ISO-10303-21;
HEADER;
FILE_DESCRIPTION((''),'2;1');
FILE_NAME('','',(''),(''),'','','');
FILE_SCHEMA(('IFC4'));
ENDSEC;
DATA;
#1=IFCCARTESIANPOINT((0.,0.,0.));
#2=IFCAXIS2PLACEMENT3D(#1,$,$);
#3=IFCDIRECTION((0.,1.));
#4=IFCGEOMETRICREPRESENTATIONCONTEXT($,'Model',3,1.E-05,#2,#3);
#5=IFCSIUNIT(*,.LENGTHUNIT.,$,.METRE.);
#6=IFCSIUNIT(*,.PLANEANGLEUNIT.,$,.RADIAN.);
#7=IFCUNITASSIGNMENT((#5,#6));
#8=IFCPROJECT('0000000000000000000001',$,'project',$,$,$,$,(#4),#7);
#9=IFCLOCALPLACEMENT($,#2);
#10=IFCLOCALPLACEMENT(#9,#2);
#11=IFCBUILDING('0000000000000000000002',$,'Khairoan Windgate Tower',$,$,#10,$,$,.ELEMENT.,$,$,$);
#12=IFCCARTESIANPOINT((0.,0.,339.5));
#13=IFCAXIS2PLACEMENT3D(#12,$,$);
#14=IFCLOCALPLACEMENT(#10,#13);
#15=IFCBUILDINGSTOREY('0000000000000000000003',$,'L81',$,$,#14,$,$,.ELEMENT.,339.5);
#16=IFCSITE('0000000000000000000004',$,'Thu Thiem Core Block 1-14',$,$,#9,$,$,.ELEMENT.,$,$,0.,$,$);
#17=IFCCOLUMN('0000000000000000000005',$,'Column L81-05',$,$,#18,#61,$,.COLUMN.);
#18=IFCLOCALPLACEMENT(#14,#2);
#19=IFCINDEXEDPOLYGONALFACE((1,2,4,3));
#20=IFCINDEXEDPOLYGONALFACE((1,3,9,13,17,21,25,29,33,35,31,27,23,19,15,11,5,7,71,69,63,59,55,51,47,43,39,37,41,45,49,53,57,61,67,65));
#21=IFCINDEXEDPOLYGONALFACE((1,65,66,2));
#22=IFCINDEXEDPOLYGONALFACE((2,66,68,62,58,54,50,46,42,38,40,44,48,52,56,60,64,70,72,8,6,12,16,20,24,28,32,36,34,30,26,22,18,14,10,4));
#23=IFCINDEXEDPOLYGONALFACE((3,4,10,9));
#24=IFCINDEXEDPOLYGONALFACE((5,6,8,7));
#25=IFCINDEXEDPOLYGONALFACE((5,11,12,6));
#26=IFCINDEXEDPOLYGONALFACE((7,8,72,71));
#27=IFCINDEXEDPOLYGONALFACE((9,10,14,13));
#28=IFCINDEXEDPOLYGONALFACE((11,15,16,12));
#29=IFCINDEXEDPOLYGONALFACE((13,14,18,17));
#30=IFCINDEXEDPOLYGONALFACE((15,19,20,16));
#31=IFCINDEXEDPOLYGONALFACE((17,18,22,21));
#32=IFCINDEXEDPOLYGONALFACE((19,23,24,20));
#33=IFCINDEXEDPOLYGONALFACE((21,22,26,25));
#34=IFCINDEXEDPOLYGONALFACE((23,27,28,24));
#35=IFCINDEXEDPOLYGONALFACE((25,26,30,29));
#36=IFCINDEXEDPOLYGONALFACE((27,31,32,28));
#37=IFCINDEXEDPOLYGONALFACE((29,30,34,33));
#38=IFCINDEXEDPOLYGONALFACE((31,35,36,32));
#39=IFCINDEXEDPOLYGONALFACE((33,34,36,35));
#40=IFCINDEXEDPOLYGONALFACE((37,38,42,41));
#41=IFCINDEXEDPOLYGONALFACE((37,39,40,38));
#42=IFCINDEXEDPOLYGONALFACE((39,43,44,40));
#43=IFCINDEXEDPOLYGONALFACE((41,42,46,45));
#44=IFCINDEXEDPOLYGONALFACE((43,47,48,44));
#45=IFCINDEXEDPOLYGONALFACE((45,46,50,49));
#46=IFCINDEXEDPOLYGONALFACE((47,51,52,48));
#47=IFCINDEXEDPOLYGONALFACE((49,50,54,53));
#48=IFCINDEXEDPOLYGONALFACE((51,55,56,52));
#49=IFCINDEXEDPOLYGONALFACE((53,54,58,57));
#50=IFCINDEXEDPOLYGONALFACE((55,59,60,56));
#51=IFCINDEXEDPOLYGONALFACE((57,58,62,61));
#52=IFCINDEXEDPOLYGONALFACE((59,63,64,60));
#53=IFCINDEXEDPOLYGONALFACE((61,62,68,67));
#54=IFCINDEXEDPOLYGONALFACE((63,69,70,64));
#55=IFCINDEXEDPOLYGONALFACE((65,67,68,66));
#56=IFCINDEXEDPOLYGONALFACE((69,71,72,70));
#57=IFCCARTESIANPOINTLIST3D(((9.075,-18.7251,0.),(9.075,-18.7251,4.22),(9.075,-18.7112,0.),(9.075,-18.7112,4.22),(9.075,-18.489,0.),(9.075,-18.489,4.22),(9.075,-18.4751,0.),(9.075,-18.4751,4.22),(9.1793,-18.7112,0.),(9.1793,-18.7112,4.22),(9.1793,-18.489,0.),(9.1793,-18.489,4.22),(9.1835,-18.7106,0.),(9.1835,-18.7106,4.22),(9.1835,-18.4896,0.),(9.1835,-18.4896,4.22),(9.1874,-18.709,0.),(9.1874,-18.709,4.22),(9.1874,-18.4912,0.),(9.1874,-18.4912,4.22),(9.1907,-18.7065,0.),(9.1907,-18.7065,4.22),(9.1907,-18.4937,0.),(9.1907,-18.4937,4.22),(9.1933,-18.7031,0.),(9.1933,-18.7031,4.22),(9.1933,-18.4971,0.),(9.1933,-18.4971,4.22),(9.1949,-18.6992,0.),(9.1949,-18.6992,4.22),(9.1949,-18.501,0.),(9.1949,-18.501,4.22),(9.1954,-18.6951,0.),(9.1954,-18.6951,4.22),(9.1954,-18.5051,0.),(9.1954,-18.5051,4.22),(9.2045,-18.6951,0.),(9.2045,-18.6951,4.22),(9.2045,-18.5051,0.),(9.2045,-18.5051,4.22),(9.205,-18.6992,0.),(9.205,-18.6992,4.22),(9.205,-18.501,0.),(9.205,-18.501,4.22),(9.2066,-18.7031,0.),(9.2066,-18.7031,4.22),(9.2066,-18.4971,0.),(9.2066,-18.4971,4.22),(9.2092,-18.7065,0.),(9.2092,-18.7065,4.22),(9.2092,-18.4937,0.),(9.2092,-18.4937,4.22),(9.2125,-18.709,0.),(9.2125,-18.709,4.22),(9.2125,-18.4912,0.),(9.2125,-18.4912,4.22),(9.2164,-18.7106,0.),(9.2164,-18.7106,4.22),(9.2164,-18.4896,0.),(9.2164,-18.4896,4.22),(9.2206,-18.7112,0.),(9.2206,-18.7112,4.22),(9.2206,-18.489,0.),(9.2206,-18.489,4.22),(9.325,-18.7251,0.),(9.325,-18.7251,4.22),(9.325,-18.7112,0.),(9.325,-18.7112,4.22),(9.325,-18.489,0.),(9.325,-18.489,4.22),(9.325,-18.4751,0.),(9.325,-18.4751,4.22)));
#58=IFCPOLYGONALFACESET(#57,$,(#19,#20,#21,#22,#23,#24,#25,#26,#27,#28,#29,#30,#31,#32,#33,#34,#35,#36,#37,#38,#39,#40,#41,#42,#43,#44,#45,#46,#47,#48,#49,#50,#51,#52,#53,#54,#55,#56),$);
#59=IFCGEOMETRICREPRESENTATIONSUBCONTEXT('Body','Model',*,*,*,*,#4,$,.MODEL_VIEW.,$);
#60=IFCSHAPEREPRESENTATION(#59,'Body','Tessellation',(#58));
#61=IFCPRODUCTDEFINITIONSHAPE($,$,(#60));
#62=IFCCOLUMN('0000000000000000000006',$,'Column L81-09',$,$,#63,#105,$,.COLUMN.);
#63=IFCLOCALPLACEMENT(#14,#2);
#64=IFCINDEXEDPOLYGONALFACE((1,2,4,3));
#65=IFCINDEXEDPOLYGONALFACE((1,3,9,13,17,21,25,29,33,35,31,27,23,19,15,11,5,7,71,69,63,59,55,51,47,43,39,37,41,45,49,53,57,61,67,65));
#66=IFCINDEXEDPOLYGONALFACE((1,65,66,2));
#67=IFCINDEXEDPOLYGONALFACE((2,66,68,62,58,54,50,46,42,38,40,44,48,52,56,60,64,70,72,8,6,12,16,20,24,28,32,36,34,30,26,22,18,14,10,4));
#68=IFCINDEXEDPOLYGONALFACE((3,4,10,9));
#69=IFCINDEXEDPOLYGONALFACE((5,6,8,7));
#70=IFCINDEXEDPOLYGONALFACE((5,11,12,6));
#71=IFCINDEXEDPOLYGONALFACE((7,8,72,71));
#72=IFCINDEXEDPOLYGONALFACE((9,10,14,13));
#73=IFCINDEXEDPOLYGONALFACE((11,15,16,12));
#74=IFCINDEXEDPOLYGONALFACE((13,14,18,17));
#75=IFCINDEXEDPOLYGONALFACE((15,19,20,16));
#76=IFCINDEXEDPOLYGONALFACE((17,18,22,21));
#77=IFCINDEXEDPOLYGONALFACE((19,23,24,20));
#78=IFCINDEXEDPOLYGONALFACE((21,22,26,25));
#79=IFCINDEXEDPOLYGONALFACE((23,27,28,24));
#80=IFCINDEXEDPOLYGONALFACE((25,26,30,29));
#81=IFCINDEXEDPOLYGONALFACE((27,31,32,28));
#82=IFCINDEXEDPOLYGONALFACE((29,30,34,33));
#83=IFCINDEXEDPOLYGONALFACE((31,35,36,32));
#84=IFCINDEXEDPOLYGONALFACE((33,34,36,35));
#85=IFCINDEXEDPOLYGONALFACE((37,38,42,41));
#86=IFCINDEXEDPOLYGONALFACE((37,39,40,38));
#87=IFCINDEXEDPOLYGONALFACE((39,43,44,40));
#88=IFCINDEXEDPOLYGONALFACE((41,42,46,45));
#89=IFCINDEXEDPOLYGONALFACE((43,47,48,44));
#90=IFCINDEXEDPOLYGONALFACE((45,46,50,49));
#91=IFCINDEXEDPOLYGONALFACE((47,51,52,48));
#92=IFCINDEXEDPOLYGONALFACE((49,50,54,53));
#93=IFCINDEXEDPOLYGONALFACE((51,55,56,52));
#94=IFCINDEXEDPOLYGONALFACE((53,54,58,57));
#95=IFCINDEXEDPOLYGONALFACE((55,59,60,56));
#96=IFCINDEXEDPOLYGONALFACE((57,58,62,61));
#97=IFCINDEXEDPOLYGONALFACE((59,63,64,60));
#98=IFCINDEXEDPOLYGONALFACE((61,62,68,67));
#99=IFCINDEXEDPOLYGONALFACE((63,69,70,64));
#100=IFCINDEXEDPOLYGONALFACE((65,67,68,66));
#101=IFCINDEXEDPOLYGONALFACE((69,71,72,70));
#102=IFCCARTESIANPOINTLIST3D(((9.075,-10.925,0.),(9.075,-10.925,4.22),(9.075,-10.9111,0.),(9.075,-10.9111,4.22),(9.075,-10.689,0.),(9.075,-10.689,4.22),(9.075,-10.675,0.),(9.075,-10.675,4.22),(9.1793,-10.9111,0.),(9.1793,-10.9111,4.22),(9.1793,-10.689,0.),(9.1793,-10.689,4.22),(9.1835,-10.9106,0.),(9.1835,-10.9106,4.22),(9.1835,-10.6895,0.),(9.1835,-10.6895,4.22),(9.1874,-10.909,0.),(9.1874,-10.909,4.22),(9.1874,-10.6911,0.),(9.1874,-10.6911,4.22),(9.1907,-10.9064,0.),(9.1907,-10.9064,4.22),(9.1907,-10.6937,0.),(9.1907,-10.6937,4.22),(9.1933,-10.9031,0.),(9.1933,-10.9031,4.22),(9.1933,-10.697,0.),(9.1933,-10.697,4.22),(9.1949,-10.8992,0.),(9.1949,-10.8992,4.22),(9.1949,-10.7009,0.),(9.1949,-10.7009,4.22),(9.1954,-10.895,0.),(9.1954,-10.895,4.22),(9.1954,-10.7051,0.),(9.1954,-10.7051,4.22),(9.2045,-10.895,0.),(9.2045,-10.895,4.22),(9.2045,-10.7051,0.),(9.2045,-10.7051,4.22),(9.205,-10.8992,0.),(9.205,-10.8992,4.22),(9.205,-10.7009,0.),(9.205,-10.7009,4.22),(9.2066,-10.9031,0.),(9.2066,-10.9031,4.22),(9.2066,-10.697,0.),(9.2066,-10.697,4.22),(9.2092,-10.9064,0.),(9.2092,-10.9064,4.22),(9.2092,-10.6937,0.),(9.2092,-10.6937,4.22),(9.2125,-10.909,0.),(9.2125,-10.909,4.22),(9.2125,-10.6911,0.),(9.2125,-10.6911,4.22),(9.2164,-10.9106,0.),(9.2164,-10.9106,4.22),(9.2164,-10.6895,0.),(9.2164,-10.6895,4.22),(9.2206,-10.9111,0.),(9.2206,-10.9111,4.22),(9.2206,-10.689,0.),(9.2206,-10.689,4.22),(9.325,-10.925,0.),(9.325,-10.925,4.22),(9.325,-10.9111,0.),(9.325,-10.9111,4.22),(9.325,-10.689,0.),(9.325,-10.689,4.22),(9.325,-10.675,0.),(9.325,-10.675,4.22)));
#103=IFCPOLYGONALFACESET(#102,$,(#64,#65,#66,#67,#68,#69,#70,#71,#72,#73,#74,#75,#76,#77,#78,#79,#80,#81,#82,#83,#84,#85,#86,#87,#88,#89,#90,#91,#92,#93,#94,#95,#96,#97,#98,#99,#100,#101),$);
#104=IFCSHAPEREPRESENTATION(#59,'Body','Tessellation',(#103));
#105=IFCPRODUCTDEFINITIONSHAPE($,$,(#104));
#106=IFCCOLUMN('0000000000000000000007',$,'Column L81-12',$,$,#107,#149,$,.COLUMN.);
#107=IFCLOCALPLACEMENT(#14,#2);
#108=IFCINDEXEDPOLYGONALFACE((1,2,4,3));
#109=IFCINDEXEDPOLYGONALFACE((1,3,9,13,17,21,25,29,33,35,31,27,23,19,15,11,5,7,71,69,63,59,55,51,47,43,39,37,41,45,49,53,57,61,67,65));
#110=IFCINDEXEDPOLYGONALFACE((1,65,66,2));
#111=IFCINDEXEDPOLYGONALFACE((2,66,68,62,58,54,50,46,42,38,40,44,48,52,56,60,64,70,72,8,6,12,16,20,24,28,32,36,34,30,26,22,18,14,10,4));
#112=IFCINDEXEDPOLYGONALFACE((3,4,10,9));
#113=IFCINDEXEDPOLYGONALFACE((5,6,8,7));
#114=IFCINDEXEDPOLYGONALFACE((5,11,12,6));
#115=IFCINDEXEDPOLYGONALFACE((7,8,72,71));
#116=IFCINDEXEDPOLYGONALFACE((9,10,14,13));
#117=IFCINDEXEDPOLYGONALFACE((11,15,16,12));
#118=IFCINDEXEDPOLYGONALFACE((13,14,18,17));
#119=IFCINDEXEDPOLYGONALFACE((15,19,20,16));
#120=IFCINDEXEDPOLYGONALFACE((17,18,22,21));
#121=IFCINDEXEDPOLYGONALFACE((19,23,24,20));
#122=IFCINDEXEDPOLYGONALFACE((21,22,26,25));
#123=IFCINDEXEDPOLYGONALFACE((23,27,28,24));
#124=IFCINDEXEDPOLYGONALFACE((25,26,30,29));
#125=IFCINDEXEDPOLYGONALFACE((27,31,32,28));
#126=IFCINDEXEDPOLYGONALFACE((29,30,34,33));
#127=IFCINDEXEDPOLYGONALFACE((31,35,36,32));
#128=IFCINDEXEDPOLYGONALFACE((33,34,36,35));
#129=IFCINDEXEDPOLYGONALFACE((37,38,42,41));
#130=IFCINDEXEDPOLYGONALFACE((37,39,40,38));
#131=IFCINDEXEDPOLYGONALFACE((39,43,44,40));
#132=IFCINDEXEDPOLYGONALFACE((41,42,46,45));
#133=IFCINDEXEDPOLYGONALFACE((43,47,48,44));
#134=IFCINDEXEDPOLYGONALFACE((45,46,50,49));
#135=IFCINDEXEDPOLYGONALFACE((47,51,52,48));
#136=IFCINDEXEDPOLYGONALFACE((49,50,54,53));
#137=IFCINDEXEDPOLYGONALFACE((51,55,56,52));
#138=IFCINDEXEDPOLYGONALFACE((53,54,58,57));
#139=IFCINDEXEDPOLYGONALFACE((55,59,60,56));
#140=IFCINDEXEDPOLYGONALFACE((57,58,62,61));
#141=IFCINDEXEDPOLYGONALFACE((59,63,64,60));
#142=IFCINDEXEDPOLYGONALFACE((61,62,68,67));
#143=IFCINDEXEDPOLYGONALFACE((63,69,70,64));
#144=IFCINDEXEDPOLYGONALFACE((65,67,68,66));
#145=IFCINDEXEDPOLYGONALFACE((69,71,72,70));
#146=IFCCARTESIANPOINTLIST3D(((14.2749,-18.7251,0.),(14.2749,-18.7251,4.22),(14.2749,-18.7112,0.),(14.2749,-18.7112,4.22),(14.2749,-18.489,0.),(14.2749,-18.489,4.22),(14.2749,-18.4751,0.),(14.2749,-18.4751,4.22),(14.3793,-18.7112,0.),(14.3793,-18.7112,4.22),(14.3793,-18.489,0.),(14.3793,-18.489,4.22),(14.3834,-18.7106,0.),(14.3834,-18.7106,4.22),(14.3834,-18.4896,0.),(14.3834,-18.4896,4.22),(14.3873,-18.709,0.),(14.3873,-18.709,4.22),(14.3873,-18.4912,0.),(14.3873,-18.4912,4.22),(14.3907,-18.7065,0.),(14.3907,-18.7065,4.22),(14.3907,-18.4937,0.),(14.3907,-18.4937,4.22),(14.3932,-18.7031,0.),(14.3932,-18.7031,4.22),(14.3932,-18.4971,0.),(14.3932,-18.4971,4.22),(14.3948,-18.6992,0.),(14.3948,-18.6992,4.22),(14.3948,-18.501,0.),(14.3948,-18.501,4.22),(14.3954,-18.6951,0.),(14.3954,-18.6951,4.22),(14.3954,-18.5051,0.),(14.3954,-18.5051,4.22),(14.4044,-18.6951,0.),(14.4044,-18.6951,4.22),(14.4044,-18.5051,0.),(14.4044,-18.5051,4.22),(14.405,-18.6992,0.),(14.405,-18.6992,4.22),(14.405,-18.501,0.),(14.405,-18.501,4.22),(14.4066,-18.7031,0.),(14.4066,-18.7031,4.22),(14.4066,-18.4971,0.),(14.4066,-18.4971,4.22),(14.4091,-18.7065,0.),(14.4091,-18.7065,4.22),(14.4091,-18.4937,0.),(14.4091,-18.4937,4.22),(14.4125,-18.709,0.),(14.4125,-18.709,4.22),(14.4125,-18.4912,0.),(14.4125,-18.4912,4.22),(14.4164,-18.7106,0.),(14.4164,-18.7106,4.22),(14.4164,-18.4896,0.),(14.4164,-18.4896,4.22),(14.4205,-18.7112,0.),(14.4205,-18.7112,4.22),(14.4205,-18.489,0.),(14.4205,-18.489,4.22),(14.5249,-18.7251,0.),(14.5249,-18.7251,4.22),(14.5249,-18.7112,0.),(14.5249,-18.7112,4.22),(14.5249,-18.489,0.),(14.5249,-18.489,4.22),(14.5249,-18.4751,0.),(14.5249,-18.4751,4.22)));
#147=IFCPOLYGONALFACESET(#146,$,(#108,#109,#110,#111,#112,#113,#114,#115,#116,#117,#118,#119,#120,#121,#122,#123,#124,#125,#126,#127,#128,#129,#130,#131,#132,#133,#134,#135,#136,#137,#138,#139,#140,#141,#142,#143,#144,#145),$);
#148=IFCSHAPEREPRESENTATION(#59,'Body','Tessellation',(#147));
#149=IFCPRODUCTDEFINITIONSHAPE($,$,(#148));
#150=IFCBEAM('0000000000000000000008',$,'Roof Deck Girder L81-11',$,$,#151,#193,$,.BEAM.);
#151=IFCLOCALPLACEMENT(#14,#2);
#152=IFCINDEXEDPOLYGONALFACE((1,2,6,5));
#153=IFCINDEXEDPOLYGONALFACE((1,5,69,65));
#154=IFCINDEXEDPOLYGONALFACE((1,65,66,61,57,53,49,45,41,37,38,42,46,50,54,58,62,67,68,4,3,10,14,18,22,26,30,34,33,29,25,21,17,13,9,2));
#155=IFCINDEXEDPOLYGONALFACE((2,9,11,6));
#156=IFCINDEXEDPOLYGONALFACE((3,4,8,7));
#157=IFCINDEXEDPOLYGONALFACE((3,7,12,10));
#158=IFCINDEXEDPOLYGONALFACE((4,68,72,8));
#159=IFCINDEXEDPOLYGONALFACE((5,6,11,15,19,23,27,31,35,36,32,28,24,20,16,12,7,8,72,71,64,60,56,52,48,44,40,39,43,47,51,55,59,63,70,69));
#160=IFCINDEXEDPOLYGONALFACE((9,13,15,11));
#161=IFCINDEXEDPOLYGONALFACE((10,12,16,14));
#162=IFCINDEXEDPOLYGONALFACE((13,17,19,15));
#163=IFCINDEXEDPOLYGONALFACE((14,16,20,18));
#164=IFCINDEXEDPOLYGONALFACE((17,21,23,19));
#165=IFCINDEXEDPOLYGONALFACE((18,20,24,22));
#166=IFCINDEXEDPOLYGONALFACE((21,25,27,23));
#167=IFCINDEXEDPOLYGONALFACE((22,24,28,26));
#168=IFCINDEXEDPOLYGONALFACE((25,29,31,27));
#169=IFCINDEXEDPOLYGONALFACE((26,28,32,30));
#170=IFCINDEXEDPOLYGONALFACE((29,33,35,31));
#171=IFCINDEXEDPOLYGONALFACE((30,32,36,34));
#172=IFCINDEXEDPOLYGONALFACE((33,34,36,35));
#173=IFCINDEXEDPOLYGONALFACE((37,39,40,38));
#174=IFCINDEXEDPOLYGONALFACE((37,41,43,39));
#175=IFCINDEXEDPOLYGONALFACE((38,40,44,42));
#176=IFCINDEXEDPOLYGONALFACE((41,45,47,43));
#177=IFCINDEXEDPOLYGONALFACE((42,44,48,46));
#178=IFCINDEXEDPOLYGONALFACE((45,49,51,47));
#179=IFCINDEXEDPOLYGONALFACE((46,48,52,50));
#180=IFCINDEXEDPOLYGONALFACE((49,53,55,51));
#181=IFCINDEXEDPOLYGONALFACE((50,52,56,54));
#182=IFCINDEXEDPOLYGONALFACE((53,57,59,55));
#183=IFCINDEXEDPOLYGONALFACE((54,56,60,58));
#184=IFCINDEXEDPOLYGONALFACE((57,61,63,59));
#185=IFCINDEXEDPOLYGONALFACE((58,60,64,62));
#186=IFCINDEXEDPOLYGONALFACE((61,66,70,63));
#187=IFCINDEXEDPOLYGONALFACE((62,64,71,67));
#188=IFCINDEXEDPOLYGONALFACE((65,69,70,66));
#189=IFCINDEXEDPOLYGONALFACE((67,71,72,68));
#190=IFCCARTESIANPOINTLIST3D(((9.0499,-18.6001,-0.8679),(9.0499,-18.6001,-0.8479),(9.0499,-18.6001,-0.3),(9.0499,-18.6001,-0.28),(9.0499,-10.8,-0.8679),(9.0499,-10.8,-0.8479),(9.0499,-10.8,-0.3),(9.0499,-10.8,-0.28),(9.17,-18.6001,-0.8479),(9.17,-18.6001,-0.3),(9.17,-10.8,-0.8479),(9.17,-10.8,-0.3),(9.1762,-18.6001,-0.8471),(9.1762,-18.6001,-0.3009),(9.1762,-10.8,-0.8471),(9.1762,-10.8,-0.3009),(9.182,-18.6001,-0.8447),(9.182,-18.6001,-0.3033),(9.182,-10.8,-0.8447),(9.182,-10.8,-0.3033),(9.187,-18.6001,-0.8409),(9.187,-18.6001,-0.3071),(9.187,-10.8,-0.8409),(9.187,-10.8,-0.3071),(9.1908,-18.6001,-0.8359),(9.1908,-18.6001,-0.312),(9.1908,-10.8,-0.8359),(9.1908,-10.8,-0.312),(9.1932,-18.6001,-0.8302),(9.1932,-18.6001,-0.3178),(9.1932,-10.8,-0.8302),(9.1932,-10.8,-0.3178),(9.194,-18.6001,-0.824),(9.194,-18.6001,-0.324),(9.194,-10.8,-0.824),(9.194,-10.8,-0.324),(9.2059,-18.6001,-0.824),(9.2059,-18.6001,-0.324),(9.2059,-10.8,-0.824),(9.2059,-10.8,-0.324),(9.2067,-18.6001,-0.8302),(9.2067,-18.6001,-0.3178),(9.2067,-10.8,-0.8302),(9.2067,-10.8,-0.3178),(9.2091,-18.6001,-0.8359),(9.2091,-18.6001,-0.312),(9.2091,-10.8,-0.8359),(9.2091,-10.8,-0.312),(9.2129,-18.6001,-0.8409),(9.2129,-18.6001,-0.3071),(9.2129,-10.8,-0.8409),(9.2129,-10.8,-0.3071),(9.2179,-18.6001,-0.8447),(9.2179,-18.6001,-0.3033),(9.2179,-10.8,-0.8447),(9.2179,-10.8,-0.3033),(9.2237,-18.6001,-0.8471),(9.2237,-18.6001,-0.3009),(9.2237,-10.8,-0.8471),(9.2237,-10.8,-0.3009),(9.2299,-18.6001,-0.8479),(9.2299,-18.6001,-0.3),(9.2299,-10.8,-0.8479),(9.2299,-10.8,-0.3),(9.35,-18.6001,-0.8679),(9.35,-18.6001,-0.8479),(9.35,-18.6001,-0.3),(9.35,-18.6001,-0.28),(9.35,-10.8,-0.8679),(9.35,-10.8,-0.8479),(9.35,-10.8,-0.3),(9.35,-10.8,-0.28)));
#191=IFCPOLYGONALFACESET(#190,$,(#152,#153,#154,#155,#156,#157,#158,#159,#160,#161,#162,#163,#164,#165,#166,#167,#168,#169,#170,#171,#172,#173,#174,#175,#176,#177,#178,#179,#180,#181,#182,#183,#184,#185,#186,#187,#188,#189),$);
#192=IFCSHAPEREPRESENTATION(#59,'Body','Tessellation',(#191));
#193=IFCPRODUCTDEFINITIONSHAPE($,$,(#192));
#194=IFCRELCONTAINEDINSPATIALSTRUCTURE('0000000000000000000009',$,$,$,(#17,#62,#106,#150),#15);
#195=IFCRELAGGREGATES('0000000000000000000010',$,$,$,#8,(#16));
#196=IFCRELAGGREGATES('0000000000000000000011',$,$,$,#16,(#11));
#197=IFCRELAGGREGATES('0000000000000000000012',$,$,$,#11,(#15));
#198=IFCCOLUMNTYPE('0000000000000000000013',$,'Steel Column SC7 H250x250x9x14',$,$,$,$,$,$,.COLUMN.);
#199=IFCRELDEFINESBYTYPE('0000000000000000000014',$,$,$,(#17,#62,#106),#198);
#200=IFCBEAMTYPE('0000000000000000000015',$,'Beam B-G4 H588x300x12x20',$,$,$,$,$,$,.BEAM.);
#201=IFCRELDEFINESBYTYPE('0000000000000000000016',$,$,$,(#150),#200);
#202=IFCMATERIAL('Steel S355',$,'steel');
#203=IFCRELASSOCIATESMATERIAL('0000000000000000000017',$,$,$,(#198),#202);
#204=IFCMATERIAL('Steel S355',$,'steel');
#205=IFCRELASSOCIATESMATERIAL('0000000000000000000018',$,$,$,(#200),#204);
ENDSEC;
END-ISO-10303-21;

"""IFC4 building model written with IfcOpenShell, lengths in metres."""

from ifc_helpers import new_model, si_unit, direction, frame, origin, origin_2d, place, context, subcontext, project, spatial, i_section, extrude, material, material_profile, profile_set, type_object, element, save


model = new_model("IFC4")

# Units and contexts
model_context = context("Model", 3, precision=1e-05, world=origin(), true_north=direction((0.0, 1.0)))
body_context = subcontext(model_context, "Body", "Model", "MODEL_VIEW")
ifc_project = project(units=[si_unit("LENGTHUNIT", "METRE"), si_unit("PLANEANGLEUNIT", "RADIAN")], contexts=[model_context])

# Site, building, storey
site_placement = place(None, origin())
site = spatial("IfcSite", under=ifc_project, at=site_placement, Name="Thu Thiem Core Block 1-14", CompositionType="ELEMENT", RefElevation=0.0)
building_placement = place(site_placement, origin())
building = spatial("IfcBuilding", under=site, at=building_placement, Name="Khairoan Windgate Tower", CompositionType="ELEMENT")
storey_placement = place(building_placement, frame((0.0, 0.0, 339.5)))
storey = spatial("IfcBuildingStorey", under=building, at=storey_placement, Name="L81", CompositionType="ELEMENT", Elevation=339.5)

# Columns
ifc_material_1 = material(Name="Steel S355", Category="steel")
ifc_material_profile_1 = material_profile(ifc_material_1, i_section(OverallWidth=0.25, OverallDepth=0.25, WebThickness=0.009, FlangeThickness=0.0139, FilletRadius=0.0161, at=origin_2d()))
ifc_profile_set_1 = profile_set([ifc_material_profile_1], Name="Steel S355")
column_type = type_object("IfcColumnType", Name="Steel Column SC7 H250x250x9x14", PredefinedType="COLUMN", material=ifc_profile_set_1)
for number, where, z_axis, x_axis, name in (
    (1, (9.2, -18.6001, 0.0), (0.0, 0.0, 1.0), (1.0, 0.0, 0.0), "Column L81-05"),
    (2, (9.2, -10.8, 0.0), (0.0, 0.0, 1.0), (1.0, 0.0, 0.0), "Column L81-09"),
    (3, (14.3999, -18.6001, 0.0), (0.0, 0.0, 1.0), (1.0, 0.0, 0.0), "Column L81-12"),
):
    element("IfcColumn", number, at=place(storey_placement, frame(where, z_axis=z_axis, x_axis=x_axis)), inside=storey, type_object=column_type, Name=name, PredefinedType="COLUMN", context=body_context, shape_type="SweptSolid", body=[
        extrude(i_section(OverallWidth=0.25, OverallDepth=0.25, WebThickness=0.009, FlangeThickness=0.0139, FilletRadius=0.0161, at=origin_2d()), origin(), (0.0, 0.0, 1.0), 4.22),
    ])

# Beam
ifc_material_2 = material(Name="Steel S355", Category="steel")
ifc_material_profile_2 = material_profile(ifc_material_2, i_section(OverallWidth=0.3, OverallDepth=0.5879, WebThickness=0.012, FlangeThickness=0.02, FilletRadius=0.0239, at=origin_2d()))
ifc_profile_set_2 = profile_set([ifc_material_profile_2], Name="Steel S355")
beam_type = type_object("IfcBeamType", Name="Beam B-G4 H588x300x12x20", PredefinedType="BEAM", material=ifc_profile_set_2)
for number, where, z_axis, x_axis, name in (
    (4, (9.2, -18.6001, -0.574), (0.0, 1.0, 0.0), (-1.0, 0.0, 0.0), "Roof Deck Girder L81-11"),
):
    element("IfcBeam", number, at=place(storey_placement, frame(where, z_axis=z_axis, x_axis=x_axis)), inside=storey, type_object=beam_type, Name=name, PredefinedType="BEAM", context=body_context, shape_type="SweptSolid", body=[
        extrude(i_section(OverallWidth=0.3, OverallDepth=0.5879, WebThickness=0.012, FlangeThickness=0.02, FilletRadius=0.0239, at=origin_2d()), origin(), (0.0, 0.0, 1.0), 7.8),
    ])

save(model, "model.ifc")
